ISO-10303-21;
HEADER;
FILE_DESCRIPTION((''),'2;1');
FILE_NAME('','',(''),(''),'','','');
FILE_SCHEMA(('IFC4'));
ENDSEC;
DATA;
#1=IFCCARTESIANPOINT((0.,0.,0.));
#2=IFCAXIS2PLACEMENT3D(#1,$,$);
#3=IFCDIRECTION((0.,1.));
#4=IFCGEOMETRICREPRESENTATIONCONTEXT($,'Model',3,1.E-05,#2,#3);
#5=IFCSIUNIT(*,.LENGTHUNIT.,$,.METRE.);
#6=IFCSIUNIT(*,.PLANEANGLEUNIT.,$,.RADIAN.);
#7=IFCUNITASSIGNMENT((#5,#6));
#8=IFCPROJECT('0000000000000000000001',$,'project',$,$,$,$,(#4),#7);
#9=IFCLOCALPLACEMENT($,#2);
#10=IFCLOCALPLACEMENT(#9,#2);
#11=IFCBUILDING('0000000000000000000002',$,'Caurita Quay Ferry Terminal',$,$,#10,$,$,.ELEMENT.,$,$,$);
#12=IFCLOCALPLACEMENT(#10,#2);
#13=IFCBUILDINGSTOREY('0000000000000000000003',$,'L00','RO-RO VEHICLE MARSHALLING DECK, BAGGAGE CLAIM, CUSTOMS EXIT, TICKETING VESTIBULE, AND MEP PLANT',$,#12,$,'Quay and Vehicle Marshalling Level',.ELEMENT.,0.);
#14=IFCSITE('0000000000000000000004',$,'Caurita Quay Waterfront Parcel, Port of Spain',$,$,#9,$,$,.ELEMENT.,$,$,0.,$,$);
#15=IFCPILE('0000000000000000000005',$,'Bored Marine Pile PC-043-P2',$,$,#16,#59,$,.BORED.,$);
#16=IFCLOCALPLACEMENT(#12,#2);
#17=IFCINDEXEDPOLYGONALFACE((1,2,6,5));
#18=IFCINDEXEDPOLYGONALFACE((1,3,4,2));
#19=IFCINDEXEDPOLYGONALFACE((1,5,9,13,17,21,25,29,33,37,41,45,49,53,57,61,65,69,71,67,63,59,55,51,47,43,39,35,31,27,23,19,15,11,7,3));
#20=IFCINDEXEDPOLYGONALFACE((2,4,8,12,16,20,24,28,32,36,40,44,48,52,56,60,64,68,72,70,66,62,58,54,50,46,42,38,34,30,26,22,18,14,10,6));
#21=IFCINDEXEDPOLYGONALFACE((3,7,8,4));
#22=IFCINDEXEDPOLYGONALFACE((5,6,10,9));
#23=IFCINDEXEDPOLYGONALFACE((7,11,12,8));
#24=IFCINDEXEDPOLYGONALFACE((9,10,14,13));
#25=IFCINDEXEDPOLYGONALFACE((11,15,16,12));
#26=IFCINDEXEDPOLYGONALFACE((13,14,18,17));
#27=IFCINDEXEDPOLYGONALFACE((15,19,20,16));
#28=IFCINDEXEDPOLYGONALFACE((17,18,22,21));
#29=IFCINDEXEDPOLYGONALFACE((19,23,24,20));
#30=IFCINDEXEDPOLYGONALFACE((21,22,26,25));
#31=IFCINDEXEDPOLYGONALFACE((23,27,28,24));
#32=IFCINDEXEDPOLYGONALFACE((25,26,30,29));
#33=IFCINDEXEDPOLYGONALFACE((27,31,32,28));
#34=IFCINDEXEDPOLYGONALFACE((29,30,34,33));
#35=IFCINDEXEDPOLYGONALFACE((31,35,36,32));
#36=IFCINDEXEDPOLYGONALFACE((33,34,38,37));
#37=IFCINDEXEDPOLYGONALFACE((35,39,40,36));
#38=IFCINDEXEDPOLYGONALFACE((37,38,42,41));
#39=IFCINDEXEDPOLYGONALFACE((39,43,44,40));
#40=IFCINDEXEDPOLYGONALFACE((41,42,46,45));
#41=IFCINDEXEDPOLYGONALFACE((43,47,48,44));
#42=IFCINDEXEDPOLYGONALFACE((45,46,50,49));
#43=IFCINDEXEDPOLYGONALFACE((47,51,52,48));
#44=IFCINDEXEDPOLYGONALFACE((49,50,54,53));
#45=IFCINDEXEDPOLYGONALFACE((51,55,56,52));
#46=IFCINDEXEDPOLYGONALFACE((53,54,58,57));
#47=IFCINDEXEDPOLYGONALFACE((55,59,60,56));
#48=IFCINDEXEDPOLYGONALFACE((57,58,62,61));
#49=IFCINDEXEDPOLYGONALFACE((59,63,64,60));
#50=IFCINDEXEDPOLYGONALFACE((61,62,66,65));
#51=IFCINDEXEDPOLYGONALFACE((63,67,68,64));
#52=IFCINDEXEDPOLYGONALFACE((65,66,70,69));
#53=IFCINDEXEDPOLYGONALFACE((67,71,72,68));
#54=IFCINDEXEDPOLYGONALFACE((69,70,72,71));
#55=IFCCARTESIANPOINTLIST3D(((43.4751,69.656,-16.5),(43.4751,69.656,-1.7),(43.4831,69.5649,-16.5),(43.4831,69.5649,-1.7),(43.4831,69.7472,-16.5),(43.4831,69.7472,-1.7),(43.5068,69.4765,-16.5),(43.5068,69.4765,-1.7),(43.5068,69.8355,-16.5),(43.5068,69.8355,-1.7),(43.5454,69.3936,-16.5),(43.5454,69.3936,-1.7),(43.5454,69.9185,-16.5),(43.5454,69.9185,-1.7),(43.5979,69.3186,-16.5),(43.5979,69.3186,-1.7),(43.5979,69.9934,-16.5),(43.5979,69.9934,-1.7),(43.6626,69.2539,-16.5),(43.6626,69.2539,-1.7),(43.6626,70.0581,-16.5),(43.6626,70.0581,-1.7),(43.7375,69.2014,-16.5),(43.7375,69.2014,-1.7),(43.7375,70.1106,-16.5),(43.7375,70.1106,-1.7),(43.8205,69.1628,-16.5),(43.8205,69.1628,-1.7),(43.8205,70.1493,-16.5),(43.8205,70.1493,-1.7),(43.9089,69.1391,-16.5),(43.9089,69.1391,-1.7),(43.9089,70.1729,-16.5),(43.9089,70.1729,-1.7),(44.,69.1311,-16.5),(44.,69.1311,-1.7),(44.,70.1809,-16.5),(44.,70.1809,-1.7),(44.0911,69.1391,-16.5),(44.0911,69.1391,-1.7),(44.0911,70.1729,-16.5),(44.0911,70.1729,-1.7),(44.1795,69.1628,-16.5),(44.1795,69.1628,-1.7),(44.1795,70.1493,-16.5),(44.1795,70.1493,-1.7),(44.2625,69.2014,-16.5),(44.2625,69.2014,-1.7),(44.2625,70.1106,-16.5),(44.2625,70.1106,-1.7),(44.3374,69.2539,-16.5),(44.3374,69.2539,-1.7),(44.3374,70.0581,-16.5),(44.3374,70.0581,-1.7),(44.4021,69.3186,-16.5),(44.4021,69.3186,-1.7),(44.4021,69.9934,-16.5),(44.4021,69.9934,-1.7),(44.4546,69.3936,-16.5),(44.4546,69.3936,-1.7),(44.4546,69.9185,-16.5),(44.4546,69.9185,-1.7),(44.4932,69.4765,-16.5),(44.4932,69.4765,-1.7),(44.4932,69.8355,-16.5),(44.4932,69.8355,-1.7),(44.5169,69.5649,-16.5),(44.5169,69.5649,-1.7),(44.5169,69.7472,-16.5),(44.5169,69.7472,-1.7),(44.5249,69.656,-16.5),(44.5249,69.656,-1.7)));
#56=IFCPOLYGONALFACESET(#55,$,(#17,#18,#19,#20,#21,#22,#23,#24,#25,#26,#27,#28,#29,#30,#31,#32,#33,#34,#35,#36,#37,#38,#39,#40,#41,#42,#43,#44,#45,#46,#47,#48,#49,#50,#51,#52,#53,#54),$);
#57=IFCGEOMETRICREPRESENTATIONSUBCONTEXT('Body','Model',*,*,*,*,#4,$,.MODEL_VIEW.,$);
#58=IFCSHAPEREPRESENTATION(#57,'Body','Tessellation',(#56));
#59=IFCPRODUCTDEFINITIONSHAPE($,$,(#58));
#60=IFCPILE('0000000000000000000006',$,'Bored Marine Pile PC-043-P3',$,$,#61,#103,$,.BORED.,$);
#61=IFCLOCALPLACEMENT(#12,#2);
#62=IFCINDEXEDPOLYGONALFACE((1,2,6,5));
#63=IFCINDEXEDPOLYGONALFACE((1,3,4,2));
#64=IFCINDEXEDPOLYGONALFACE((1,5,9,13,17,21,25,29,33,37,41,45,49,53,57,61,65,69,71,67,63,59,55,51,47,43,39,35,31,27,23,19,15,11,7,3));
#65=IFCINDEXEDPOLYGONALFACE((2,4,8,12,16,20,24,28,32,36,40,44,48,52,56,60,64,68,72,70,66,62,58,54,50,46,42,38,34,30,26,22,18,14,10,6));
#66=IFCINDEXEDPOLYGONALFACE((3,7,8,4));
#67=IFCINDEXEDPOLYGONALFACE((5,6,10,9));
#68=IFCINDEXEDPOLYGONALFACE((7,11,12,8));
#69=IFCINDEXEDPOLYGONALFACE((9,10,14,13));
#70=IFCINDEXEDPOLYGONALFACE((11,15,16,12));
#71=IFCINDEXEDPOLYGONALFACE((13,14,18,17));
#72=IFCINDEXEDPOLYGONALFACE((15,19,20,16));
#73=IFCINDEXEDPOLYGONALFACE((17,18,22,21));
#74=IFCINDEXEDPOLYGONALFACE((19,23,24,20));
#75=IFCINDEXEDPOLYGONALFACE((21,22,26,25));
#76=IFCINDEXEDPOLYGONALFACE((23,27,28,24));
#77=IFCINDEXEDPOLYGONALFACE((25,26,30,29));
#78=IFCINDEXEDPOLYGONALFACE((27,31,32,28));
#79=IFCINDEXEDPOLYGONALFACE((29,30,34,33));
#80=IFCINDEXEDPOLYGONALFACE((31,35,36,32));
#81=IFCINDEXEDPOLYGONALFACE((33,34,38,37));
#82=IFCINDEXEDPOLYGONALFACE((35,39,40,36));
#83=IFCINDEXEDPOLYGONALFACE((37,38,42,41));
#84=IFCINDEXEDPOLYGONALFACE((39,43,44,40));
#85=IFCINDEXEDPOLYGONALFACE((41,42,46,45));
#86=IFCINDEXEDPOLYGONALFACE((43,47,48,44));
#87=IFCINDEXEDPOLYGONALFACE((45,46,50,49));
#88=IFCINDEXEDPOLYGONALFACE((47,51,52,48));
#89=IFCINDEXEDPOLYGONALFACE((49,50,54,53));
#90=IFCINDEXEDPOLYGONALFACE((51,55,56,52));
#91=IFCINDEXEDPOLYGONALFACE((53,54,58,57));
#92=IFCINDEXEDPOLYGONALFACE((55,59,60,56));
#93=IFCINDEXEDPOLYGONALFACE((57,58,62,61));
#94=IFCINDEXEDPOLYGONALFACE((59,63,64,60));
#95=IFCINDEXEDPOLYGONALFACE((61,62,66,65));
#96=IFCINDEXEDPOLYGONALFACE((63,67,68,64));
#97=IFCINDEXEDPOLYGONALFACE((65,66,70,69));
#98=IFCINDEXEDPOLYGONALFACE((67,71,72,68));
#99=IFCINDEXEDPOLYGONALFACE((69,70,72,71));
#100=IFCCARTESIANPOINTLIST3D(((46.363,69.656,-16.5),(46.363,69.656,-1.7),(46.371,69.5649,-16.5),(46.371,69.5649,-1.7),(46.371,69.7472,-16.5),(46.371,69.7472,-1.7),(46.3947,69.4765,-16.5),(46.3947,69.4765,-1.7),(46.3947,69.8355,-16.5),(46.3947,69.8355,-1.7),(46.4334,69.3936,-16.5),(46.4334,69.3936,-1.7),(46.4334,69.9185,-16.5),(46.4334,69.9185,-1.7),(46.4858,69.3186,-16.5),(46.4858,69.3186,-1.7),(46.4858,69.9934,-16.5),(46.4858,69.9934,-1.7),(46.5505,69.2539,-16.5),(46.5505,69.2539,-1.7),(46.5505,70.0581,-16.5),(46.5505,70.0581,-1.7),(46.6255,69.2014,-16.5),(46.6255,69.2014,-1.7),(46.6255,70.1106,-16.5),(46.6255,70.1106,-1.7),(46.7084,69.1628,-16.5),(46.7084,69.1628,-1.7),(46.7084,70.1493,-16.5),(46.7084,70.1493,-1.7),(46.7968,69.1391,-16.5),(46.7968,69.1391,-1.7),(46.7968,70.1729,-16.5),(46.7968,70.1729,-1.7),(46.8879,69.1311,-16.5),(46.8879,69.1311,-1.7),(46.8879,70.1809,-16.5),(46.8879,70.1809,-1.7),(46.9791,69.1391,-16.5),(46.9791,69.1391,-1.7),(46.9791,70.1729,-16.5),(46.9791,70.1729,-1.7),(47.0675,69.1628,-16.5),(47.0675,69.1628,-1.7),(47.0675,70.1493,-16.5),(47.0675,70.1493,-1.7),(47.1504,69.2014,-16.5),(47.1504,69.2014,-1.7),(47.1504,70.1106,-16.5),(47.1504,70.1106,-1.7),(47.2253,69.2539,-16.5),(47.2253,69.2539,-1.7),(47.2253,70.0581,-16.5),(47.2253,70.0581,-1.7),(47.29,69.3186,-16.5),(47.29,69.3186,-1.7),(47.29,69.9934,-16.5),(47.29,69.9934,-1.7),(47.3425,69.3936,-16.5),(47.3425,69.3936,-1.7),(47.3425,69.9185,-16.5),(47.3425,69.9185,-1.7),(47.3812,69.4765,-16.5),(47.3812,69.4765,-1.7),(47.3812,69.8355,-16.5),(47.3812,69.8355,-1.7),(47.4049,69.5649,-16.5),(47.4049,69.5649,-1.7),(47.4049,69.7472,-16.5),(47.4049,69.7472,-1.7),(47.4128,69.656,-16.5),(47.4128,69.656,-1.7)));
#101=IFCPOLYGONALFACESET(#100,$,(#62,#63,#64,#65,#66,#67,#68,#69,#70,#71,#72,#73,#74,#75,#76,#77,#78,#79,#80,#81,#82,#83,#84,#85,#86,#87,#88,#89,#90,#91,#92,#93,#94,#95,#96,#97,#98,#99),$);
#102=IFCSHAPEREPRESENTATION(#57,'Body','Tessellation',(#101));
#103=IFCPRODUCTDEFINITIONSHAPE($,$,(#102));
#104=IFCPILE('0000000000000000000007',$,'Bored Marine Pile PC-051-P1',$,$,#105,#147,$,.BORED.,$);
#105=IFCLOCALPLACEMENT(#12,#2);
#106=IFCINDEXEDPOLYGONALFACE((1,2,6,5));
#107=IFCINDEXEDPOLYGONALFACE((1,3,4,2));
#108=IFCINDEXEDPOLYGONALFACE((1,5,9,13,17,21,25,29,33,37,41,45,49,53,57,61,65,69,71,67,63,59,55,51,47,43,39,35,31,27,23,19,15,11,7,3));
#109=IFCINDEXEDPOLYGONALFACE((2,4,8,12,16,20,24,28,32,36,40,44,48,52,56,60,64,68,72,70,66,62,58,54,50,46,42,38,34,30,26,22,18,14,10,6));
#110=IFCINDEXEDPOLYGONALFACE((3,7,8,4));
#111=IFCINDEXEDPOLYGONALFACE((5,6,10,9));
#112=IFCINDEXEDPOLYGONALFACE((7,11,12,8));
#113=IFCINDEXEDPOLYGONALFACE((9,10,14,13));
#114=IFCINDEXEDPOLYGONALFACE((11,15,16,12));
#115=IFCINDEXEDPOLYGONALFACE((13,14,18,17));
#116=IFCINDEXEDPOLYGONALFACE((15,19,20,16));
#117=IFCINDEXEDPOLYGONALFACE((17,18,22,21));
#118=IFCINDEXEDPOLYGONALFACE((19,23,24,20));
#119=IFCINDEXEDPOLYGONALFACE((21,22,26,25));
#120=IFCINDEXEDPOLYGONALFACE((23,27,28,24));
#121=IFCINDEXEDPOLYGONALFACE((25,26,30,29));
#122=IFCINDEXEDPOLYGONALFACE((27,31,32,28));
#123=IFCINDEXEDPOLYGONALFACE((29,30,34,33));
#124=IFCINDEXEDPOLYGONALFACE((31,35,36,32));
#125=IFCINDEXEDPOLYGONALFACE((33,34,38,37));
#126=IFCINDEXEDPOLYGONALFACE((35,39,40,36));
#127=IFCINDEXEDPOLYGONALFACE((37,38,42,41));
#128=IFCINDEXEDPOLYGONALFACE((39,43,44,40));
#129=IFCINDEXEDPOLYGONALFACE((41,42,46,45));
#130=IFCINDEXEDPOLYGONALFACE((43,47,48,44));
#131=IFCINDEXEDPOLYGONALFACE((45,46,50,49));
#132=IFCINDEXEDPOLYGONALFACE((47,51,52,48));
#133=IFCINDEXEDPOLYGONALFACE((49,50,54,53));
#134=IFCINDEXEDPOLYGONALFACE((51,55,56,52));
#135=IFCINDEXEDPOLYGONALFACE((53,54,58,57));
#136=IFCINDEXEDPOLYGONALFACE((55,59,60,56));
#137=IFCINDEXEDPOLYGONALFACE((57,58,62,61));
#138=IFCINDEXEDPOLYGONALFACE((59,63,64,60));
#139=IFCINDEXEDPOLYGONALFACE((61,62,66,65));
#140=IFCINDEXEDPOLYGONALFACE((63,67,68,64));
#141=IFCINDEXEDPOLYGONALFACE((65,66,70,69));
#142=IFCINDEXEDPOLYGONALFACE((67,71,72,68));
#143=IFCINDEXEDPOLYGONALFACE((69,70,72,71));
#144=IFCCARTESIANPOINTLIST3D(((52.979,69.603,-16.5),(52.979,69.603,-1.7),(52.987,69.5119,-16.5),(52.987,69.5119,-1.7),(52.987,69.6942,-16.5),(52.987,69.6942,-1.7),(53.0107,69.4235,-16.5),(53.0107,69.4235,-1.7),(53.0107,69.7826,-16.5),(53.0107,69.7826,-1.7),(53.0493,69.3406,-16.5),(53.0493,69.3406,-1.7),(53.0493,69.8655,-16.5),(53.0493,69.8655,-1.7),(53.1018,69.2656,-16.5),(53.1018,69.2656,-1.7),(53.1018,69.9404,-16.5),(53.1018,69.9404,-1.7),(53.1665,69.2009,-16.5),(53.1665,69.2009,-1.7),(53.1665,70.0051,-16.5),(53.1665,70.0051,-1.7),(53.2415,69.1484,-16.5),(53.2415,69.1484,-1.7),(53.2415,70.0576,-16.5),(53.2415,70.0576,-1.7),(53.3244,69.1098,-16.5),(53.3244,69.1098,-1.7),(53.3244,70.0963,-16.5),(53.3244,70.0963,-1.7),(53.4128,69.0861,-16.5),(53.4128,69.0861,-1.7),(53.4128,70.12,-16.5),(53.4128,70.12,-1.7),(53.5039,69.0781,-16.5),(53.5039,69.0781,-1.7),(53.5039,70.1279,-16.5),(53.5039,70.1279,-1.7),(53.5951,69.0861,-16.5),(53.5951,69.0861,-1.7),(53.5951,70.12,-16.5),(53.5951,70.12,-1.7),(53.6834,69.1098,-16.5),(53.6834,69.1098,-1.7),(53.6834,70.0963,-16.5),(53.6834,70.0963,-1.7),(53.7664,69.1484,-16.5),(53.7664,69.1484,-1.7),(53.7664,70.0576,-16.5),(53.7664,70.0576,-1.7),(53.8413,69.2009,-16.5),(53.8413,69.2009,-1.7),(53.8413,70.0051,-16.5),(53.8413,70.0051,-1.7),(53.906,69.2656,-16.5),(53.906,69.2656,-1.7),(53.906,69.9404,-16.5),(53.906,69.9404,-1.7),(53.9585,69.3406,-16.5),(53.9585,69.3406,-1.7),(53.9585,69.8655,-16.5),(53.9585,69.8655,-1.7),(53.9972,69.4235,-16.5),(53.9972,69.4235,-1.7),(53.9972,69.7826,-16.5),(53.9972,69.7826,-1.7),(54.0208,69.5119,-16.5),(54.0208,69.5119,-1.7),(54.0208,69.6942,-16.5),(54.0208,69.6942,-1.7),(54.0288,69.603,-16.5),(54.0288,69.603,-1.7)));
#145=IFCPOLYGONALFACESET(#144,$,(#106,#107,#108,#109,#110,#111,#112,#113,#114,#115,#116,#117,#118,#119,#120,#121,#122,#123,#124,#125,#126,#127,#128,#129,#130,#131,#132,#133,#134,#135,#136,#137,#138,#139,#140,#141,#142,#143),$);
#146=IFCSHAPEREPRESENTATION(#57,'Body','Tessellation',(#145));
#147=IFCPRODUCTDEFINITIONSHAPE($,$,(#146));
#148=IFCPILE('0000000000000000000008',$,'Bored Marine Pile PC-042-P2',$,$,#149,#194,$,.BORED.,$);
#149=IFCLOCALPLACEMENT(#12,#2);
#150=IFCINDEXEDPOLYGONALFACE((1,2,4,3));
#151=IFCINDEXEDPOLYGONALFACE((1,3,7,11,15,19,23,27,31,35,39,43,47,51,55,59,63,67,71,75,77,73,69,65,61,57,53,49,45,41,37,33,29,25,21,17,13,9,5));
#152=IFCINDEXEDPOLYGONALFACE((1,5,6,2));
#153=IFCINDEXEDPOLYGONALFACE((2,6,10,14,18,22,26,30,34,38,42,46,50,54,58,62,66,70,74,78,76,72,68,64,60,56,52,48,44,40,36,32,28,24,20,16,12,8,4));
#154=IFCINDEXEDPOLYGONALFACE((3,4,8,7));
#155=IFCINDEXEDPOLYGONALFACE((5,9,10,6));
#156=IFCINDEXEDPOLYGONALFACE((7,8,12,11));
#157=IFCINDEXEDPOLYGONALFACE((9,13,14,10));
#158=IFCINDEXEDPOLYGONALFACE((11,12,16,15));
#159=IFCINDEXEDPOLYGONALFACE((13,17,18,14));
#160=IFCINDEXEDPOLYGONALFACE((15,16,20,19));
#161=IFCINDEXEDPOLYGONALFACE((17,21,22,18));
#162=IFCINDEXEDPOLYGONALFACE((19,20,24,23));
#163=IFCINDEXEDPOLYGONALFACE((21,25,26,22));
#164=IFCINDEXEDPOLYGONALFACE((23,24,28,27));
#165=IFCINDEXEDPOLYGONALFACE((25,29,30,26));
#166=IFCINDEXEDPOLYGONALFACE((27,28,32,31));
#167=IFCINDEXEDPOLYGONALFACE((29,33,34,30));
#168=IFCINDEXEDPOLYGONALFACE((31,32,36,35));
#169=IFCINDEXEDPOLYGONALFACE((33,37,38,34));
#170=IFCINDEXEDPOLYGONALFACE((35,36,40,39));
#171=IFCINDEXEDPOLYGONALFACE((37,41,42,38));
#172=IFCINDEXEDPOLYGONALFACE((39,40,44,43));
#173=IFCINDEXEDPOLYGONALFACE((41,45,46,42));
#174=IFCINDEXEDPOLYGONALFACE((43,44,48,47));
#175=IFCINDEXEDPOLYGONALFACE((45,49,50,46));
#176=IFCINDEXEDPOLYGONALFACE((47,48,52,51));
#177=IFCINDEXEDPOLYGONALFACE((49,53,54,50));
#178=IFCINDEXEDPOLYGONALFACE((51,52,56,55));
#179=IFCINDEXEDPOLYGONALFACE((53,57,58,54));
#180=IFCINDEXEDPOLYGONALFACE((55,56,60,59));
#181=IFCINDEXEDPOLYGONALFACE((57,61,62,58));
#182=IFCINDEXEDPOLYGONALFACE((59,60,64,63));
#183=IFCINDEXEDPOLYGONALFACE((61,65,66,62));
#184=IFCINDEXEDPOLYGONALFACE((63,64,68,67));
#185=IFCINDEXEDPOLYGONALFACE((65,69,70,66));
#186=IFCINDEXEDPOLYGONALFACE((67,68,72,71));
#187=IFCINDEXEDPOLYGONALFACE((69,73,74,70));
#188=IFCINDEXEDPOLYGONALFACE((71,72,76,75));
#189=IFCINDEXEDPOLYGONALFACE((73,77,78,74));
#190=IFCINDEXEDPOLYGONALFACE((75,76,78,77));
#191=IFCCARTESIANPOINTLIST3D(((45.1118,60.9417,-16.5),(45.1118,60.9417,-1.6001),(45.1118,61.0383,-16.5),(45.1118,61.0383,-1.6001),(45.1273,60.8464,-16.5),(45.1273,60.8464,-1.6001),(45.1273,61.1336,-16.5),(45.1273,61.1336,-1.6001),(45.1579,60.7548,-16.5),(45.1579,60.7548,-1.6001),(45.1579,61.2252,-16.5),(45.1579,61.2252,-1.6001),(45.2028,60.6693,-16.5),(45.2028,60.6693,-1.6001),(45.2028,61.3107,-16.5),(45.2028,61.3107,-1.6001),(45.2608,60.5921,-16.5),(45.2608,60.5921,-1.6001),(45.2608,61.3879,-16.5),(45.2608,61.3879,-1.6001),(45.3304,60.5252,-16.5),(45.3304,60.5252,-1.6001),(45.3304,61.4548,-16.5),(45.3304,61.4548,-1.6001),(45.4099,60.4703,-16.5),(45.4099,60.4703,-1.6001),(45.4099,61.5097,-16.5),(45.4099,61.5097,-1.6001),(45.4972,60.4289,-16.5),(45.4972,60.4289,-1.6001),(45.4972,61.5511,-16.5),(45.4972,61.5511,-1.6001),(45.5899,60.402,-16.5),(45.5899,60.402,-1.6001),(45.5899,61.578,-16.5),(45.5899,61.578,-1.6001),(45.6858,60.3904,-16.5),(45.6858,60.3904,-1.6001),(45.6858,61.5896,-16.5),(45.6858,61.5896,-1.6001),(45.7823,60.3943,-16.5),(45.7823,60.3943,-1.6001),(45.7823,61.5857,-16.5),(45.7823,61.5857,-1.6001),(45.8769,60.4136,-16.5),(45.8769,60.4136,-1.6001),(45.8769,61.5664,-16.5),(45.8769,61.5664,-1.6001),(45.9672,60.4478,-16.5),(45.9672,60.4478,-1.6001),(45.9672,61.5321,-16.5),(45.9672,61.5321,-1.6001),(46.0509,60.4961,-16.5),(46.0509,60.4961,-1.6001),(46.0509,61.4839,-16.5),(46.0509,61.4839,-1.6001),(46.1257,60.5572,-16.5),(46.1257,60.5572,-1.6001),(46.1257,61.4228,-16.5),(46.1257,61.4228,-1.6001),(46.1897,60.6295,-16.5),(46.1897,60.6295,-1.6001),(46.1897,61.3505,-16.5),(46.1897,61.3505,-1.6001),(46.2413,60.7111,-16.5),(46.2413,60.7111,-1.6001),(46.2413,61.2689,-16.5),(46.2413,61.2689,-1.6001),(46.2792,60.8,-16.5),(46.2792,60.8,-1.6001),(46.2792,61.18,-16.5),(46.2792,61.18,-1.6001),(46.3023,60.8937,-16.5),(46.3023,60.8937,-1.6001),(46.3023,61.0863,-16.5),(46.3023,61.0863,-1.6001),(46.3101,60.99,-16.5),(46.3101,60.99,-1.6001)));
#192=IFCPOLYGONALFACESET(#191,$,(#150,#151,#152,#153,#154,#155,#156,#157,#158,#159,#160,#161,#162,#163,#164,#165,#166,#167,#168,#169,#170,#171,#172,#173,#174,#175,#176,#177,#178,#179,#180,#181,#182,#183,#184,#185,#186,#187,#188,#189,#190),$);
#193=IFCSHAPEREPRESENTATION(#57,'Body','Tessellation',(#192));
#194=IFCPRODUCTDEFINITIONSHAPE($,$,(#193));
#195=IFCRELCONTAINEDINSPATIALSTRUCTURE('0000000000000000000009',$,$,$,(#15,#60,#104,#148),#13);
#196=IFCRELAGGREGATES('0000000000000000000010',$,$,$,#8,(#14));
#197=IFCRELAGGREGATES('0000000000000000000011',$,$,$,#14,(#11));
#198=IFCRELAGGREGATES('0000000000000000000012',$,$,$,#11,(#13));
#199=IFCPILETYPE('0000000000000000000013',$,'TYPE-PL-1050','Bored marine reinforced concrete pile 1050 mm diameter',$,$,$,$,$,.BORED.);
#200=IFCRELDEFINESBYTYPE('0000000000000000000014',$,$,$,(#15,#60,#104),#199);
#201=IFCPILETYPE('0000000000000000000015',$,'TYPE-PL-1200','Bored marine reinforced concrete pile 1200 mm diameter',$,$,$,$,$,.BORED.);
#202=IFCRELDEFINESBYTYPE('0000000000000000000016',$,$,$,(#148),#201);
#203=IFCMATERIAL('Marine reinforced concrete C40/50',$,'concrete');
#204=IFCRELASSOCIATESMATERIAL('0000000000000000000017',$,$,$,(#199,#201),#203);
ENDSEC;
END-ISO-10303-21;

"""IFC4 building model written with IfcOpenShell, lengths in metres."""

from ifc_helpers import new_model, si_unit, direction, frame, origin, origin_2d, place, context, subcontext, project, spatial, circle, extrude, material, material_profile, profile_set, type_object, element, save


model = new_model("IFC4")

# Units and contexts
model_context = context("Model", 3, precision=1e-05, world=origin(), true_north=direction((0.0, 1.0)))
body_context = subcontext(model_context, "Body", "Model", "MODEL_VIEW")
ifc_project = project(units=[si_unit("LENGTHUNIT", "METRE"), si_unit("PLANEANGLEUNIT", "RADIAN")], contexts=[model_context])

# Site, building, storey
site_placement = place(None, origin())
site = spatial("IfcSite", under=ifc_project, at=site_placement, Name="Caurita Quay Waterfront Parcel, Port of Spain", CompositionType="ELEMENT", RefElevation=0.0)
building_placement = place(site_placement, origin())
building = spatial("IfcBuilding", under=site, at=building_placement, Name="Caurita Quay Ferry Terminal", CompositionType="ELEMENT")
storey_placement = place(building_placement, origin())
storey = spatial("IfcBuildingStorey", under=building, at=storey_placement, Name="L00", Description="RO-RO VEHICLE MARSHALLING DECK, BAGGAGE CLAIM, CUSTOMS EXIT, TICKETING VESTIBULE, AND MEP PLANT", LongName="Quay and Vehicle Marshalling Level", CompositionType="ELEMENT", Elevation=0.0)

# Piles
ifc_material_1 = material(Name="Marine reinforced concrete C40/50", Category="concrete")
ifc_material_profile_1 = material_profile(ifc_material_1, circle(Radius=0.5249, at=origin_2d()), Name="PILE-D1050")
ifc_profile_set_1 = profile_set([ifc_material_profile_1], Name="Marine reinforced concrete C40/50")
pile_type_1 = type_object("IfcPileType", Name="TYPE-PL-1050", Description="Bored marine reinforced concrete pile 1050 mm diameter", PredefinedType="BORED", material=ifc_profile_set_1)
for number, where, z_axis, x_axis, name in (
    (1, (44.0, 69.656, -1.7), (0.0, 0.0, -1.0), (1.0, 0.0, 0.0), "Bored Marine Pile PC-043-P2"),
    (2, (46.8879, 69.656, -1.7), (0.0, 0.0, -1.0), (1.0, 0.0, 0.0), "Bored Marine Pile PC-043-P3"),
    (3, (53.5039, 69.603, -1.7), (0.0, 0.0, -1.0), (1.0, 0.0, 0.0), "Bored Marine Pile PC-051-P1"),
):
    element("IfcPile", number, at=place(storey_placement, frame(where, z_axis=z_axis, x_axis=x_axis)), inside=storey, type_object=pile_type_1, Name=name, PredefinedType="BORED", context=body_context, shape_type="SweptSolid", body=[
        extrude(circle(Radius=0.5249, at=origin_2d()), origin(), (0.0, 0.0, 1.0), 14.8),
    ])
ifc_material_profile_2 = material_profile(ifc_material_1, circle(Radius=0.6001, at=origin_2d()), Name="PILE-D1200")
ifc_profile_set_2 = profile_set([ifc_material_profile_2], Name="Marine reinforced concrete C40/50")
pile_type_2 = type_object("IfcPileType", Name="TYPE-PL-1200", Description="Bored marine reinforced concrete pile 1200 mm diameter", PredefinedType="BORED", material=ifc_profile_set_2)
for number, where, z_axis, x_axis, name in (
    (4, (45.71, 60.99, -1.6001), (0.0, 0.0, -1.0), (1.0, 0.0, 0.0), "Bored Marine Pile PC-042-P2"),
):
    element("IfcPile", number, at=place(storey_placement, frame(where, z_axis=z_axis, x_axis=x_axis)), inside=storey, type_object=pile_type_2, Name=name, PredefinedType="BORED", context=body_context, shape_type="SweptSolid", body=[
        extrude(circle(Radius=0.6001, at=origin_2d()), origin(), (0.0, 0.0, 1.0), 14.8999),
    ])

save(model, "model.ifc")
